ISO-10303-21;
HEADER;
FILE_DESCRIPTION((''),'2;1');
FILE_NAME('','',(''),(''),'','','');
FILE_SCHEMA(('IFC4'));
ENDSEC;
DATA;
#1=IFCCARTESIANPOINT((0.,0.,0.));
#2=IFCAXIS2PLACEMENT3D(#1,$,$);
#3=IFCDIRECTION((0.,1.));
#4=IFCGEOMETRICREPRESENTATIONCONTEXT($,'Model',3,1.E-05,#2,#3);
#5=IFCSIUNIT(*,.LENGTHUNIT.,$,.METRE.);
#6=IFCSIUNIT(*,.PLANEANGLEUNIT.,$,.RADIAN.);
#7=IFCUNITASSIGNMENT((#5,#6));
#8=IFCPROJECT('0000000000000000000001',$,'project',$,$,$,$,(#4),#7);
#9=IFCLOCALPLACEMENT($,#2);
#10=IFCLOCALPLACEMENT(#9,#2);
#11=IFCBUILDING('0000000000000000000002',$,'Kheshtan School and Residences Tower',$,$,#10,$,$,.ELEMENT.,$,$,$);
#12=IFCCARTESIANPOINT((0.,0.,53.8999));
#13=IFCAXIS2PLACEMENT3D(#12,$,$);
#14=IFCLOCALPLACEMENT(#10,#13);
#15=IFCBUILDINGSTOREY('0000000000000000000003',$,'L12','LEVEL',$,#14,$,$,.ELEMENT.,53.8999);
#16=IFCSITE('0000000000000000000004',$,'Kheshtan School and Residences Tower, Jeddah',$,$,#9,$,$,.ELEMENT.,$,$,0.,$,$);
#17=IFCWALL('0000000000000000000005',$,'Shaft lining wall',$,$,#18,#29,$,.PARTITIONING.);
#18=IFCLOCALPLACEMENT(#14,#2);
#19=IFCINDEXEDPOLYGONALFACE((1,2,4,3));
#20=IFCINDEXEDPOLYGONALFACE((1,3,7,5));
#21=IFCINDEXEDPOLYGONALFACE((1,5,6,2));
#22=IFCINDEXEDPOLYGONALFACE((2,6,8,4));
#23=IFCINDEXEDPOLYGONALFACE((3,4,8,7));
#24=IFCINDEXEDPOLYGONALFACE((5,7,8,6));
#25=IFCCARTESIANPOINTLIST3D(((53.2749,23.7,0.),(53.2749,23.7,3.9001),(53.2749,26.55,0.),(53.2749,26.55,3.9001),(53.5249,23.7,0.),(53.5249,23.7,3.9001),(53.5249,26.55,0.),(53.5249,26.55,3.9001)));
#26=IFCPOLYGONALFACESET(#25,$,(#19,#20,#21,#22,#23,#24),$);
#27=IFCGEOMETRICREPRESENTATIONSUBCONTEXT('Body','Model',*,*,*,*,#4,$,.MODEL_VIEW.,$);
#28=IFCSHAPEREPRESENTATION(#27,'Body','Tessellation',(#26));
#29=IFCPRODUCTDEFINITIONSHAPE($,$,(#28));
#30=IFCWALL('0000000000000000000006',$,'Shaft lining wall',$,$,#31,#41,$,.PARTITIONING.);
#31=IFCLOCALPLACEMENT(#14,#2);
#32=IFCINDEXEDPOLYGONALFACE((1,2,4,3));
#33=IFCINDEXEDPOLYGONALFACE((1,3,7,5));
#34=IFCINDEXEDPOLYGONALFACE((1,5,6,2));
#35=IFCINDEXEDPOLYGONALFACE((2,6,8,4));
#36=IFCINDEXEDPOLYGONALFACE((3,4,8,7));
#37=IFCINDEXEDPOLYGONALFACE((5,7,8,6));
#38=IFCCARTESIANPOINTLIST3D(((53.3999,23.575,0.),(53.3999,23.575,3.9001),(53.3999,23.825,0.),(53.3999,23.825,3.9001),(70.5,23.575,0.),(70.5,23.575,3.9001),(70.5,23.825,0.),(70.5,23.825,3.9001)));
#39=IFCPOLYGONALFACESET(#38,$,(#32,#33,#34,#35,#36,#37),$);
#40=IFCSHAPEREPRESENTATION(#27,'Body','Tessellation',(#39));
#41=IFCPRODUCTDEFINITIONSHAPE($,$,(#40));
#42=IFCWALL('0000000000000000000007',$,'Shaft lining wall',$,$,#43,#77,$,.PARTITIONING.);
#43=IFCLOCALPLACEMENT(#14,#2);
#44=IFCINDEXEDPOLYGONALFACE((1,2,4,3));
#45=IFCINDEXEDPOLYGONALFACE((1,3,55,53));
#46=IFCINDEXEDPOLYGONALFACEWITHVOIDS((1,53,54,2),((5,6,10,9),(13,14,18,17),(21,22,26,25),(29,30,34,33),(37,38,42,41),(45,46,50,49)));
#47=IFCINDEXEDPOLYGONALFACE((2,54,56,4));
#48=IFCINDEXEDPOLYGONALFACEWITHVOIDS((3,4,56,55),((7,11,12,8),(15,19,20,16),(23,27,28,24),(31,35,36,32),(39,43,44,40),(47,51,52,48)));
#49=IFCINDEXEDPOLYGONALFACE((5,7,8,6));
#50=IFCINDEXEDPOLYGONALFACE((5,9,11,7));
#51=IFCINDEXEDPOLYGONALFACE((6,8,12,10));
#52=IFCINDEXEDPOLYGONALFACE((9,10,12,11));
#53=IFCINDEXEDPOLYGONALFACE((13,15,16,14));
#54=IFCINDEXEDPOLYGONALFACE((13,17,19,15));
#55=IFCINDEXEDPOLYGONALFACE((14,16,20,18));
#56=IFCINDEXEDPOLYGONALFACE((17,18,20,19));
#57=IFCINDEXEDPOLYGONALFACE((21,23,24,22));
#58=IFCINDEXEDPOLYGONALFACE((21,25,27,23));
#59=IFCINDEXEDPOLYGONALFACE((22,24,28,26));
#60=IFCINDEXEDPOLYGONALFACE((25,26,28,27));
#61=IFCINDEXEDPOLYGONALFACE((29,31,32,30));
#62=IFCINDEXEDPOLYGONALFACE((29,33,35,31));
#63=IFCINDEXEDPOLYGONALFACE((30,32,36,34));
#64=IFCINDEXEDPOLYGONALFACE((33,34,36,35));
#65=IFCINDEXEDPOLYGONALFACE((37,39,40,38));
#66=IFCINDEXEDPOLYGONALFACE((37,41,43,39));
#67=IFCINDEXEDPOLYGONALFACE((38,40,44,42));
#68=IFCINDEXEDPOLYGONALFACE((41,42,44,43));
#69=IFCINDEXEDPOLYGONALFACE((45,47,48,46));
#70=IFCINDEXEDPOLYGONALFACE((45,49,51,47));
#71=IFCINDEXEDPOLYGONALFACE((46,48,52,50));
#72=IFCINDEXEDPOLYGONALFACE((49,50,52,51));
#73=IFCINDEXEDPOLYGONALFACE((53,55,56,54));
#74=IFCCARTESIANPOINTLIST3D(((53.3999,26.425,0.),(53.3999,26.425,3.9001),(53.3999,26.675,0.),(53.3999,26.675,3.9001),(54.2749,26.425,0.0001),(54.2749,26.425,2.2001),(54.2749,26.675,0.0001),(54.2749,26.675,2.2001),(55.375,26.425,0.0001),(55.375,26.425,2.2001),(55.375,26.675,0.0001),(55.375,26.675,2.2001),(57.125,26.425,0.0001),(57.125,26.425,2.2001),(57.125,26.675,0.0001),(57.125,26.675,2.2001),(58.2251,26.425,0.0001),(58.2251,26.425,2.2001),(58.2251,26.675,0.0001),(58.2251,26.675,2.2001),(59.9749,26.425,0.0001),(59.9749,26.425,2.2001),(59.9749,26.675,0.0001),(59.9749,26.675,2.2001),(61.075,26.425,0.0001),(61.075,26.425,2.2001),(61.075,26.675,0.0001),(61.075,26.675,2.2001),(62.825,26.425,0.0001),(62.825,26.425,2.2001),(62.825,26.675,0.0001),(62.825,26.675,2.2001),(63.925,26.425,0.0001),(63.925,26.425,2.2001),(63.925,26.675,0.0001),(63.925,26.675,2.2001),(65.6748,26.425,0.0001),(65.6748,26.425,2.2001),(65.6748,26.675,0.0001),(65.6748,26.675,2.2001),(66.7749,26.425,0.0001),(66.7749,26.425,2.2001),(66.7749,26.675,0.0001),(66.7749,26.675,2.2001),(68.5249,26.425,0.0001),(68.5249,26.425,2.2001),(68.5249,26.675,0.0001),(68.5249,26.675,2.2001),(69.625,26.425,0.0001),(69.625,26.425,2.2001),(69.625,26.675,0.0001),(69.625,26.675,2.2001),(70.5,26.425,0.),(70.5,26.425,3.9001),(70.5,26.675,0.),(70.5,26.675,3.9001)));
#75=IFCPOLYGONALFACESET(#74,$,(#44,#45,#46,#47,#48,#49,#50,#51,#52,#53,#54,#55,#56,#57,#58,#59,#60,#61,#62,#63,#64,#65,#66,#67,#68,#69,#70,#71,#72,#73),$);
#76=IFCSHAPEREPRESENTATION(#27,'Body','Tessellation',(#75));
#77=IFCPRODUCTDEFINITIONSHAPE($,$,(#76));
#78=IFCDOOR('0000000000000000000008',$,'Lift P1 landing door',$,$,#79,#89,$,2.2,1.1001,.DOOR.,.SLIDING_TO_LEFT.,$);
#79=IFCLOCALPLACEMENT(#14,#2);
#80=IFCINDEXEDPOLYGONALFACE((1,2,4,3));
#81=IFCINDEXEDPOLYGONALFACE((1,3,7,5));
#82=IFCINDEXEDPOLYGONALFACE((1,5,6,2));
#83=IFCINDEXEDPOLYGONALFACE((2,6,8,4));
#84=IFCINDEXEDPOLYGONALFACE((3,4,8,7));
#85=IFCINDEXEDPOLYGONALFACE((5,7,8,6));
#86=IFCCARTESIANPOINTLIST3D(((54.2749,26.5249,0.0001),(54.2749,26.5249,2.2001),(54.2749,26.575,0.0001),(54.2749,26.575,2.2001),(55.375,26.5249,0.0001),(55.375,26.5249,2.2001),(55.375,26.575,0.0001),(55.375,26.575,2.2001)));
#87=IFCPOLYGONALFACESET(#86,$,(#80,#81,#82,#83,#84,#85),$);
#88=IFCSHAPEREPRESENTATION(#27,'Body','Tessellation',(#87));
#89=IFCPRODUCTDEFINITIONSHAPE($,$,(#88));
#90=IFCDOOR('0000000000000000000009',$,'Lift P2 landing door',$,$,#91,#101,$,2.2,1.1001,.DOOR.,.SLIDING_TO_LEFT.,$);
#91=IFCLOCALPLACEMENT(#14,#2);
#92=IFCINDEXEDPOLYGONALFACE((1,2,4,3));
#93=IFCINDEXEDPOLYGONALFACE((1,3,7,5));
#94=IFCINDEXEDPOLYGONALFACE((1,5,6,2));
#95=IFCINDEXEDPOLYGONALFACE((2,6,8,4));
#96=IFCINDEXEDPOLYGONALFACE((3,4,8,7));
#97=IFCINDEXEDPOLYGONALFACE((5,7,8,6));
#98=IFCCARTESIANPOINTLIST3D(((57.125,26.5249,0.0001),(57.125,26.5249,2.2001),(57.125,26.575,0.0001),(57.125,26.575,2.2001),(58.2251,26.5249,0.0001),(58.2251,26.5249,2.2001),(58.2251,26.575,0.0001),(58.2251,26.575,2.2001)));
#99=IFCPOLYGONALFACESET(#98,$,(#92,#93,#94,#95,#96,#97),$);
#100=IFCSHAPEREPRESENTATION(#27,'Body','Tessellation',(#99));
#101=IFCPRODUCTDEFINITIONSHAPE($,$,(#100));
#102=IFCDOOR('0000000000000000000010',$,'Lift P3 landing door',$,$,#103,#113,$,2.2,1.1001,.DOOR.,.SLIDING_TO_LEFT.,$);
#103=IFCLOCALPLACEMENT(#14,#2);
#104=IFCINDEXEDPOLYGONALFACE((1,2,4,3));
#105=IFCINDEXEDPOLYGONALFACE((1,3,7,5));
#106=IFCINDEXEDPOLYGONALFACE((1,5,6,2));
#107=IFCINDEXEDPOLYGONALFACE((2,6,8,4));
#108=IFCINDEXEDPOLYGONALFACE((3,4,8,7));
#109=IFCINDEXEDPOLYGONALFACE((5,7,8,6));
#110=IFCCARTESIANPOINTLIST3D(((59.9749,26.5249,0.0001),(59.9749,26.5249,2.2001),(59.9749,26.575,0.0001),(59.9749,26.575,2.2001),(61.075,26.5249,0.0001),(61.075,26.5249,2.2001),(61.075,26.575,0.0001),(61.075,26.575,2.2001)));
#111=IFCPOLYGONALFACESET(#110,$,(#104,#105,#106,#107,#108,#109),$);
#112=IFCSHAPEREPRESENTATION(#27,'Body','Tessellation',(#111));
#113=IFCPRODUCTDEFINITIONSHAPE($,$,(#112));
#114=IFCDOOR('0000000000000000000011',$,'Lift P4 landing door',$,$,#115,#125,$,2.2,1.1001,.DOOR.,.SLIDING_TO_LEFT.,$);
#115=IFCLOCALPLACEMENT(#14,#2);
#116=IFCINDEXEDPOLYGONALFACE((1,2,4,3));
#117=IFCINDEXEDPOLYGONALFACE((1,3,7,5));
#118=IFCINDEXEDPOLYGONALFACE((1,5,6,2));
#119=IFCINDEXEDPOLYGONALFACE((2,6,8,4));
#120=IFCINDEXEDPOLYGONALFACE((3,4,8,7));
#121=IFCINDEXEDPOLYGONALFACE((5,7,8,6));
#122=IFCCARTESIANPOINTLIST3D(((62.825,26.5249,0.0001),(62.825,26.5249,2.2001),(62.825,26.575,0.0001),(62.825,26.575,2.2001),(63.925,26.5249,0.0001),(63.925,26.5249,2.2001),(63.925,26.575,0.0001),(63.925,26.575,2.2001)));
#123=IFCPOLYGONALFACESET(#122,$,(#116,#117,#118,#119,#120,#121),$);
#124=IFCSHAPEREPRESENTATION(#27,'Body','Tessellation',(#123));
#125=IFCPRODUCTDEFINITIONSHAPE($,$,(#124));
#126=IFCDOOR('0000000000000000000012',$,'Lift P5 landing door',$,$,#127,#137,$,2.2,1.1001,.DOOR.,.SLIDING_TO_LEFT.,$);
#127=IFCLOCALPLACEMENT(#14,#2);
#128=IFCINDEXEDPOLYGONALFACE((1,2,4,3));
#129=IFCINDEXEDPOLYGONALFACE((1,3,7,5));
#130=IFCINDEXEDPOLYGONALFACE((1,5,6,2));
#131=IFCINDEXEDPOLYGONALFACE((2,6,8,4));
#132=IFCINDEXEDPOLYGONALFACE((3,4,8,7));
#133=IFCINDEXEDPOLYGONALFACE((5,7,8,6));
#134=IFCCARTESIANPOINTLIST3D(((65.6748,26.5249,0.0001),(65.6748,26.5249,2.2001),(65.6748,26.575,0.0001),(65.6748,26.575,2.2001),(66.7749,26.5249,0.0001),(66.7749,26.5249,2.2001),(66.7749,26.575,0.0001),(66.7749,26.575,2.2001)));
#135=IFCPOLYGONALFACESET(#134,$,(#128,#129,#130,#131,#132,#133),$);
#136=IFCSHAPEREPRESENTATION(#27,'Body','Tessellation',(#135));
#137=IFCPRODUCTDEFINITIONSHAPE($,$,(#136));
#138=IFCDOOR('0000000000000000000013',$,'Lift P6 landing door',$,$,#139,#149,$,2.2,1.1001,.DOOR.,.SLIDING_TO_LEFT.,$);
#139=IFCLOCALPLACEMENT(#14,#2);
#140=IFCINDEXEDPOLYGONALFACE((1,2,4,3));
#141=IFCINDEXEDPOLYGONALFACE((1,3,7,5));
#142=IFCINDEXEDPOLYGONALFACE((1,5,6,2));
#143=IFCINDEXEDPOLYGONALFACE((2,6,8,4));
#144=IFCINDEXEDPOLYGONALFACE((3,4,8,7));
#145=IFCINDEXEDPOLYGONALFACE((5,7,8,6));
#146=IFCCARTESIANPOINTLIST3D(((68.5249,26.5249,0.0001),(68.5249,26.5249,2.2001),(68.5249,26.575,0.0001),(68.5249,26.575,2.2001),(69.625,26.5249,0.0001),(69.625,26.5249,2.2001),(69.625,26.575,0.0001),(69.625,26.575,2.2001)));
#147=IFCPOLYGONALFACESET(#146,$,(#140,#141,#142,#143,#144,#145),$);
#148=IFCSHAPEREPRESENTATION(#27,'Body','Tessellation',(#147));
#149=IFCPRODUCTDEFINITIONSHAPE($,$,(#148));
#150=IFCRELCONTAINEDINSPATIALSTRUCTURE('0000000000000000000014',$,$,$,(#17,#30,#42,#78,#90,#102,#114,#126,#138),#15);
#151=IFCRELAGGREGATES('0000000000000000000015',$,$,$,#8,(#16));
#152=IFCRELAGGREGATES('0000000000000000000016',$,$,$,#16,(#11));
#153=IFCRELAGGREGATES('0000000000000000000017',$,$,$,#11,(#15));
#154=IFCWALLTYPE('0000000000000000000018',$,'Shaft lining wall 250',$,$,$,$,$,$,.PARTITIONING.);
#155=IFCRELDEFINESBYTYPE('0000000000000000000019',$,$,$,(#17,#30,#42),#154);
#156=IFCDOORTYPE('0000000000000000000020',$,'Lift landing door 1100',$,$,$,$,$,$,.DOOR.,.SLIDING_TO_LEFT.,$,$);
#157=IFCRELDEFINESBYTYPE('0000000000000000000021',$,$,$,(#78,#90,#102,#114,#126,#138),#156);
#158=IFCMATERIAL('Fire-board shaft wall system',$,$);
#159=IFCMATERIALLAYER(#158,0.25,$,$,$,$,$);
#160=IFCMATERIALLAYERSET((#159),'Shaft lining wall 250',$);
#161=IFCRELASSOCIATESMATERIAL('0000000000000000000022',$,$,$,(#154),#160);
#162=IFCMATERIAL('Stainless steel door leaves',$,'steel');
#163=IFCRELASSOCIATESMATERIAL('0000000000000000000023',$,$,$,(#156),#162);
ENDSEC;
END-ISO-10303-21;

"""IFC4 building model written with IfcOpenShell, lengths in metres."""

from ifc_helpers import new_model, si_unit, direction, frame, frame_2d, origin, place, context, subcontext, project, spatial, rectangle, extrude, source, transform, mapped, material, layer, layer_set, type_object, element, fill, save


model = new_model("IFC4")

# Units and contexts
model_context = context("Model", 3, precision=1e-05, world=origin(), true_north=direction((0.0, 1.0)))
body_context = subcontext(model_context, "Body", "Model", "MODEL_VIEW")
ifc_project = project(units=[si_unit("LENGTHUNIT", "METRE"), si_unit("PLANEANGLEUNIT", "RADIAN")], contexts=[model_context])

# Site, building, storey
site_placement = place(None, origin())
site = spatial("IfcSite", under=ifc_project, at=site_placement, Name="Kheshtan School and Residences Tower, Jeddah", CompositionType="ELEMENT", RefElevation=0.0)
building_placement = place(site_placement, origin())
building = spatial("IfcBuilding", under=site, at=building_placement, Name="Kheshtan School and Residences Tower", CompositionType="ELEMENT")
storey_placement = place(building_placement, frame((0.0, 0.0, 53.8999)))
storey = spatial("IfcBuildingStorey", under=building, at=storey_placement, Name="L12", Description="LEVEL", CompositionType="ELEMENT", Elevation=53.8999)

# Walls
ifc_material_1 = material(Name="Fire-board shaft wall system")
ifc_layer_1 = layer(ifc_material_1, 0.25)
ifc_layer_set_1 = layer_set([ifc_layer_1], Name="Shaft lining wall 250")
wall_type_1 = type_object("IfcWallType", Name="Shaft lining wall 250", PredefinedType="PARTITIONING", material=ifc_layer_set_1)
wall_1_placement = place(storey_placement, frame((53.3999, 23.7, 0.0), z_axis=(0.0, 0.0, 1.0), x_axis=(0.0, 1.0, 0.0)))
element("IfcWall", 1, at=wall_1_placement, inside=storey, type_object=wall_type_1, Name="Shaft lining wall", PredefinedType="PARTITIONING", context=body_context, shape_type="SweptSolid", body=[
    extrude(rectangle(XDim=2.8501, YDim=0.25, at=frame_2d((1.425, 0.0))), origin(), (0.0, 0.0, 1.0), 3.9001),
])
wall_2_placement = place(storey_placement, frame((53.3999, 23.7, 0.0), z_axis=(0.0, 0.0, 1.0), x_axis=(1.0, 0.0, 0.0)))
element("IfcWall", 2, at=wall_2_placement, inside=storey, type_object=wall_type_1, Name="Shaft lining wall", PredefinedType="PARTITIONING", context=body_context, shape_type="SweptSolid", body=[
    extrude(rectangle(XDim=17.1001, YDim=0.25, at=frame_2d((8.55, 0.0))), origin(), (0.0, 0.0, 1.0), 3.9001),
])

# Wall, openings, doors
wall_3_placement = place(storey_placement, frame((53.3999, 26.55, 0.0), z_axis=(0.0, 0.0, 1.0), x_axis=(1.0, 0.0, 0.0)))
wall_3 = element("IfcWall", 3, at=wall_3_placement, inside=storey, type_object=wall_type_1, Name="Shaft lining wall", PredefinedType="PARTITIONING", context=body_context, shape_type="SweptSolid", body=[
    extrude(rectangle(XDim=17.1001, YDim=0.25, at=frame_2d((8.55, 0.0))), origin(), (0.0, 0.0, 1.0), 3.9001),
])
opening_1_placement = place(wall_3_placement, frame((0.875, 0.0, 0.0)))
opening_1 = element("IfcOpeningElement", 4, at=opening_1_placement, cuts=wall_3, PredefinedType="OPENING", context=body_context, shape_type="SweptSolid", body=[
    extrude(rectangle(XDim=1.1001, YDim=2.2, at=frame_2d((0.55, 1.1001))), frame((0.0, 0.135, 0.0), z_axis=(0.0, -1.0, 0.0), x_axis=(1.0, 0.0, 0.0)), (0.0, 0.0, 1.0), 0.27),
])
opening_2_placement = place(wall_3_placement, frame((3.7251, 0.0, 0.0)))
opening_2 = element("IfcOpeningElement", 5, at=opening_2_placement, cuts=wall_3, PredefinedType="OPENING", context=body_context, shape_type="SweptSolid", body=[
    extrude(rectangle(XDim=1.1001, YDim=2.2, at=frame_2d((0.55, 1.1001))), frame((0.0, 0.135, 0.0), z_axis=(0.0, -1.0, 0.0), x_axis=(1.0, 0.0, 0.0)), (0.0, 0.0, 1.0), 0.27),
])
opening_3_placement = place(wall_3_placement, frame((6.575, 0.0, 0.0)))
opening_3 = element("IfcOpeningElement", 6, at=opening_3_placement, cuts=wall_3, PredefinedType="OPENING", context=body_context, shape_type="SweptSolid", body=[
    extrude(rectangle(XDim=1.1001, YDim=2.2, at=frame_2d((0.55, 1.1001))), frame((0.0, 0.135, 0.0), z_axis=(0.0, -1.0, 0.0), x_axis=(1.0, 0.0, 0.0)), (0.0, 0.0, 1.0), 0.27),
])
opening_4_placement = place(wall_3_placement, frame((9.425, 0.0, 0.0)))
opening_4 = element("IfcOpeningElement", 7, at=opening_4_placement, cuts=wall_3, PredefinedType="OPENING", context=body_context, shape_type="SweptSolid", body=[
    extrude(rectangle(XDim=1.1001, YDim=2.2, at=frame_2d((0.55, 1.1001))), frame((0.0, 0.135, 0.0), z_axis=(0.0, -1.0, 0.0), x_axis=(1.0, 0.0, 0.0)), (0.0, 0.0, 1.0), 0.27),
])
opening_5_placement = place(wall_3_placement, frame((12.2749, 0.0, 0.0)))
opening_5 = element("IfcOpeningElement", 8, at=opening_5_placement, cuts=wall_3, PredefinedType="OPENING", context=body_context, shape_type="SweptSolid", body=[
    extrude(rectangle(XDim=1.1001, YDim=2.2, at=frame_2d((0.55, 1.1001))), frame((0.0, 0.135, 0.0), z_axis=(0.0, -1.0, 0.0), x_axis=(1.0, 0.0, 0.0)), (0.0, 0.0, 1.0), 0.27),
])
opening_6_placement = place(wall_3_placement, frame((15.125, 0.0, 0.0)))
opening_6 = element("IfcOpeningElement", 9, at=opening_6_placement, cuts=wall_3, PredefinedType="OPENING", context=body_context, shape_type="SweptSolid", body=[
    extrude(rectangle(XDim=1.1001, YDim=2.2, at=frame_2d((0.55, 1.1001))), frame((0.0, 0.135, 0.0), z_axis=(0.0, -1.0, 0.0), x_axis=(1.0, 0.0, 0.0)), (0.0, 0.0, 1.0), 0.27),
])
ifc_material_2 = material(Name="Stainless steel door leaves", Category="steel")
door_type = type_object("IfcDoorType", Name="Lift landing door 1100", OperationType="SLIDING_TO_LEFT", PredefinedType="DOOR", material=ifc_material_2)
shared_shape = source(origin(), body_context, "Body", "SweptSolid", [
    extrude(rectangle(XDim=1.1001, YDim=2.2, at=frame_2d((0.55, 1.1001))), frame((0.0, 0.0249, 0.0), z_axis=(0.0, -1.0, 0.0), x_axis=(1.0, 0.0, 0.0)), (0.0, 0.0, 1.0), 0.05),
])
door_1_placement = place(opening_1_placement, origin())
door_1 = element("IfcDoor", 10, at=door_1_placement, inside=storey, type_object=door_type, Name="Lift P1 landing door", OperationType="SLIDING_TO_LEFT", OverallHeight=2.2, OverallWidth=1.1001, PredefinedType="DOOR", context=body_context, shape_type="MappedRepresentation", body=[
    mapped(shared_shape, transform((0.0, 0.0, 0.0), x_axis=(1.0, 0.0, 0.0), y_axis=(0.0, 1.0, 0.0), z_axis=(0.0, 0.0, 1.0), scale=1.0)),
])
fill(opening_1, door_1)
door_2_placement = place(opening_2_placement, origin())
door_2 = element("IfcDoor", 11, at=door_2_placement, inside=storey, type_object=door_type, Name="Lift P2 landing door", OperationType="SLIDING_TO_LEFT", OverallHeight=2.2, OverallWidth=1.1001, PredefinedType="DOOR", context=body_context, shape_type="MappedRepresentation", body=[
    mapped(shared_shape, transform((0.0, 0.0, 0.0), x_axis=(1.0, 0.0, 0.0), y_axis=(0.0, 1.0, 0.0), z_axis=(0.0, 0.0, 1.0), scale=1.0)),
])
fill(opening_2, door_2)
door_3_placement = place(opening_3_placement, origin())
door_3 = element("IfcDoor", 12, at=door_3_placement, inside=storey, type_object=door_type, Name="Lift P3 landing door", OperationType="SLIDING_TO_LEFT", OverallHeight=2.2, OverallWidth=1.1001, PredefinedType="DOOR", context=body_context, shape_type="MappedRepresentation", body=[
    mapped(shared_shape, transform((0.0, 0.0, 0.0), x_axis=(1.0, 0.0, 0.0), y_axis=(0.0, 1.0, 0.0), z_axis=(0.0, 0.0, 1.0), scale=1.0)),
])
fill(opening_3, door_3)
door_4_placement = place(opening_4_placement, origin())
door_4 = element("IfcDoor", 13, at=door_4_placement, inside=storey, type_object=door_type, Name="Lift P4 landing door", OperationType="SLIDING_TO_LEFT", OverallHeight=2.2, OverallWidth=1.1001, PredefinedType="DOOR", context=body_context, shape_type="MappedRepresentation", body=[
    mapped(shared_shape, transform((0.0, 0.0, 0.0), x_axis=(1.0, 0.0, 0.0), y_axis=(0.0, 1.0, 0.0), z_axis=(0.0, 0.0, 1.0), scale=1.0)),
])
fill(opening_4, door_4)
door_5_placement = place(opening_5_placement, origin())
door_5 = element("IfcDoor", 14, at=door_5_placement, inside=storey, type_object=door_type, Name="Lift P5 landing door", OperationType="SLIDING_TO_LEFT", OverallHeight=2.2, OverallWidth=1.1001, PredefinedType="DOOR", context=body_context, shape_type="MappedRepresentation", body=[
    mapped(shared_shape, transform((0.0, 0.0, 0.0), x_axis=(1.0, 0.0, 0.0), y_axis=(0.0, 1.0, 0.0), z_axis=(0.0, 0.0, 1.0), scale=1.0)),
])
fill(opening_5, door_5)
door_6_placement = place(opening_6_placement, origin())
door_6 = element("IfcDoor", 15, at=door_6_placement, inside=storey, type_object=door_type, Name="Lift P6 landing door", OperationType="SLIDING_TO_LEFT", OverallHeight=2.2, OverallWidth=1.1001, PredefinedType="DOOR", context=body_context, shape_type="MappedRepresentation", body=[
    mapped(shared_shape, transform((0.0, 0.0, 0.0), x_axis=(1.0, 0.0, 0.0), y_axis=(0.0, 1.0, 0.0), z_axis=(0.0, 0.0, 1.0), scale=1.0)),
])
fill(opening_6, door_6)

save(model, "model.ifc")
